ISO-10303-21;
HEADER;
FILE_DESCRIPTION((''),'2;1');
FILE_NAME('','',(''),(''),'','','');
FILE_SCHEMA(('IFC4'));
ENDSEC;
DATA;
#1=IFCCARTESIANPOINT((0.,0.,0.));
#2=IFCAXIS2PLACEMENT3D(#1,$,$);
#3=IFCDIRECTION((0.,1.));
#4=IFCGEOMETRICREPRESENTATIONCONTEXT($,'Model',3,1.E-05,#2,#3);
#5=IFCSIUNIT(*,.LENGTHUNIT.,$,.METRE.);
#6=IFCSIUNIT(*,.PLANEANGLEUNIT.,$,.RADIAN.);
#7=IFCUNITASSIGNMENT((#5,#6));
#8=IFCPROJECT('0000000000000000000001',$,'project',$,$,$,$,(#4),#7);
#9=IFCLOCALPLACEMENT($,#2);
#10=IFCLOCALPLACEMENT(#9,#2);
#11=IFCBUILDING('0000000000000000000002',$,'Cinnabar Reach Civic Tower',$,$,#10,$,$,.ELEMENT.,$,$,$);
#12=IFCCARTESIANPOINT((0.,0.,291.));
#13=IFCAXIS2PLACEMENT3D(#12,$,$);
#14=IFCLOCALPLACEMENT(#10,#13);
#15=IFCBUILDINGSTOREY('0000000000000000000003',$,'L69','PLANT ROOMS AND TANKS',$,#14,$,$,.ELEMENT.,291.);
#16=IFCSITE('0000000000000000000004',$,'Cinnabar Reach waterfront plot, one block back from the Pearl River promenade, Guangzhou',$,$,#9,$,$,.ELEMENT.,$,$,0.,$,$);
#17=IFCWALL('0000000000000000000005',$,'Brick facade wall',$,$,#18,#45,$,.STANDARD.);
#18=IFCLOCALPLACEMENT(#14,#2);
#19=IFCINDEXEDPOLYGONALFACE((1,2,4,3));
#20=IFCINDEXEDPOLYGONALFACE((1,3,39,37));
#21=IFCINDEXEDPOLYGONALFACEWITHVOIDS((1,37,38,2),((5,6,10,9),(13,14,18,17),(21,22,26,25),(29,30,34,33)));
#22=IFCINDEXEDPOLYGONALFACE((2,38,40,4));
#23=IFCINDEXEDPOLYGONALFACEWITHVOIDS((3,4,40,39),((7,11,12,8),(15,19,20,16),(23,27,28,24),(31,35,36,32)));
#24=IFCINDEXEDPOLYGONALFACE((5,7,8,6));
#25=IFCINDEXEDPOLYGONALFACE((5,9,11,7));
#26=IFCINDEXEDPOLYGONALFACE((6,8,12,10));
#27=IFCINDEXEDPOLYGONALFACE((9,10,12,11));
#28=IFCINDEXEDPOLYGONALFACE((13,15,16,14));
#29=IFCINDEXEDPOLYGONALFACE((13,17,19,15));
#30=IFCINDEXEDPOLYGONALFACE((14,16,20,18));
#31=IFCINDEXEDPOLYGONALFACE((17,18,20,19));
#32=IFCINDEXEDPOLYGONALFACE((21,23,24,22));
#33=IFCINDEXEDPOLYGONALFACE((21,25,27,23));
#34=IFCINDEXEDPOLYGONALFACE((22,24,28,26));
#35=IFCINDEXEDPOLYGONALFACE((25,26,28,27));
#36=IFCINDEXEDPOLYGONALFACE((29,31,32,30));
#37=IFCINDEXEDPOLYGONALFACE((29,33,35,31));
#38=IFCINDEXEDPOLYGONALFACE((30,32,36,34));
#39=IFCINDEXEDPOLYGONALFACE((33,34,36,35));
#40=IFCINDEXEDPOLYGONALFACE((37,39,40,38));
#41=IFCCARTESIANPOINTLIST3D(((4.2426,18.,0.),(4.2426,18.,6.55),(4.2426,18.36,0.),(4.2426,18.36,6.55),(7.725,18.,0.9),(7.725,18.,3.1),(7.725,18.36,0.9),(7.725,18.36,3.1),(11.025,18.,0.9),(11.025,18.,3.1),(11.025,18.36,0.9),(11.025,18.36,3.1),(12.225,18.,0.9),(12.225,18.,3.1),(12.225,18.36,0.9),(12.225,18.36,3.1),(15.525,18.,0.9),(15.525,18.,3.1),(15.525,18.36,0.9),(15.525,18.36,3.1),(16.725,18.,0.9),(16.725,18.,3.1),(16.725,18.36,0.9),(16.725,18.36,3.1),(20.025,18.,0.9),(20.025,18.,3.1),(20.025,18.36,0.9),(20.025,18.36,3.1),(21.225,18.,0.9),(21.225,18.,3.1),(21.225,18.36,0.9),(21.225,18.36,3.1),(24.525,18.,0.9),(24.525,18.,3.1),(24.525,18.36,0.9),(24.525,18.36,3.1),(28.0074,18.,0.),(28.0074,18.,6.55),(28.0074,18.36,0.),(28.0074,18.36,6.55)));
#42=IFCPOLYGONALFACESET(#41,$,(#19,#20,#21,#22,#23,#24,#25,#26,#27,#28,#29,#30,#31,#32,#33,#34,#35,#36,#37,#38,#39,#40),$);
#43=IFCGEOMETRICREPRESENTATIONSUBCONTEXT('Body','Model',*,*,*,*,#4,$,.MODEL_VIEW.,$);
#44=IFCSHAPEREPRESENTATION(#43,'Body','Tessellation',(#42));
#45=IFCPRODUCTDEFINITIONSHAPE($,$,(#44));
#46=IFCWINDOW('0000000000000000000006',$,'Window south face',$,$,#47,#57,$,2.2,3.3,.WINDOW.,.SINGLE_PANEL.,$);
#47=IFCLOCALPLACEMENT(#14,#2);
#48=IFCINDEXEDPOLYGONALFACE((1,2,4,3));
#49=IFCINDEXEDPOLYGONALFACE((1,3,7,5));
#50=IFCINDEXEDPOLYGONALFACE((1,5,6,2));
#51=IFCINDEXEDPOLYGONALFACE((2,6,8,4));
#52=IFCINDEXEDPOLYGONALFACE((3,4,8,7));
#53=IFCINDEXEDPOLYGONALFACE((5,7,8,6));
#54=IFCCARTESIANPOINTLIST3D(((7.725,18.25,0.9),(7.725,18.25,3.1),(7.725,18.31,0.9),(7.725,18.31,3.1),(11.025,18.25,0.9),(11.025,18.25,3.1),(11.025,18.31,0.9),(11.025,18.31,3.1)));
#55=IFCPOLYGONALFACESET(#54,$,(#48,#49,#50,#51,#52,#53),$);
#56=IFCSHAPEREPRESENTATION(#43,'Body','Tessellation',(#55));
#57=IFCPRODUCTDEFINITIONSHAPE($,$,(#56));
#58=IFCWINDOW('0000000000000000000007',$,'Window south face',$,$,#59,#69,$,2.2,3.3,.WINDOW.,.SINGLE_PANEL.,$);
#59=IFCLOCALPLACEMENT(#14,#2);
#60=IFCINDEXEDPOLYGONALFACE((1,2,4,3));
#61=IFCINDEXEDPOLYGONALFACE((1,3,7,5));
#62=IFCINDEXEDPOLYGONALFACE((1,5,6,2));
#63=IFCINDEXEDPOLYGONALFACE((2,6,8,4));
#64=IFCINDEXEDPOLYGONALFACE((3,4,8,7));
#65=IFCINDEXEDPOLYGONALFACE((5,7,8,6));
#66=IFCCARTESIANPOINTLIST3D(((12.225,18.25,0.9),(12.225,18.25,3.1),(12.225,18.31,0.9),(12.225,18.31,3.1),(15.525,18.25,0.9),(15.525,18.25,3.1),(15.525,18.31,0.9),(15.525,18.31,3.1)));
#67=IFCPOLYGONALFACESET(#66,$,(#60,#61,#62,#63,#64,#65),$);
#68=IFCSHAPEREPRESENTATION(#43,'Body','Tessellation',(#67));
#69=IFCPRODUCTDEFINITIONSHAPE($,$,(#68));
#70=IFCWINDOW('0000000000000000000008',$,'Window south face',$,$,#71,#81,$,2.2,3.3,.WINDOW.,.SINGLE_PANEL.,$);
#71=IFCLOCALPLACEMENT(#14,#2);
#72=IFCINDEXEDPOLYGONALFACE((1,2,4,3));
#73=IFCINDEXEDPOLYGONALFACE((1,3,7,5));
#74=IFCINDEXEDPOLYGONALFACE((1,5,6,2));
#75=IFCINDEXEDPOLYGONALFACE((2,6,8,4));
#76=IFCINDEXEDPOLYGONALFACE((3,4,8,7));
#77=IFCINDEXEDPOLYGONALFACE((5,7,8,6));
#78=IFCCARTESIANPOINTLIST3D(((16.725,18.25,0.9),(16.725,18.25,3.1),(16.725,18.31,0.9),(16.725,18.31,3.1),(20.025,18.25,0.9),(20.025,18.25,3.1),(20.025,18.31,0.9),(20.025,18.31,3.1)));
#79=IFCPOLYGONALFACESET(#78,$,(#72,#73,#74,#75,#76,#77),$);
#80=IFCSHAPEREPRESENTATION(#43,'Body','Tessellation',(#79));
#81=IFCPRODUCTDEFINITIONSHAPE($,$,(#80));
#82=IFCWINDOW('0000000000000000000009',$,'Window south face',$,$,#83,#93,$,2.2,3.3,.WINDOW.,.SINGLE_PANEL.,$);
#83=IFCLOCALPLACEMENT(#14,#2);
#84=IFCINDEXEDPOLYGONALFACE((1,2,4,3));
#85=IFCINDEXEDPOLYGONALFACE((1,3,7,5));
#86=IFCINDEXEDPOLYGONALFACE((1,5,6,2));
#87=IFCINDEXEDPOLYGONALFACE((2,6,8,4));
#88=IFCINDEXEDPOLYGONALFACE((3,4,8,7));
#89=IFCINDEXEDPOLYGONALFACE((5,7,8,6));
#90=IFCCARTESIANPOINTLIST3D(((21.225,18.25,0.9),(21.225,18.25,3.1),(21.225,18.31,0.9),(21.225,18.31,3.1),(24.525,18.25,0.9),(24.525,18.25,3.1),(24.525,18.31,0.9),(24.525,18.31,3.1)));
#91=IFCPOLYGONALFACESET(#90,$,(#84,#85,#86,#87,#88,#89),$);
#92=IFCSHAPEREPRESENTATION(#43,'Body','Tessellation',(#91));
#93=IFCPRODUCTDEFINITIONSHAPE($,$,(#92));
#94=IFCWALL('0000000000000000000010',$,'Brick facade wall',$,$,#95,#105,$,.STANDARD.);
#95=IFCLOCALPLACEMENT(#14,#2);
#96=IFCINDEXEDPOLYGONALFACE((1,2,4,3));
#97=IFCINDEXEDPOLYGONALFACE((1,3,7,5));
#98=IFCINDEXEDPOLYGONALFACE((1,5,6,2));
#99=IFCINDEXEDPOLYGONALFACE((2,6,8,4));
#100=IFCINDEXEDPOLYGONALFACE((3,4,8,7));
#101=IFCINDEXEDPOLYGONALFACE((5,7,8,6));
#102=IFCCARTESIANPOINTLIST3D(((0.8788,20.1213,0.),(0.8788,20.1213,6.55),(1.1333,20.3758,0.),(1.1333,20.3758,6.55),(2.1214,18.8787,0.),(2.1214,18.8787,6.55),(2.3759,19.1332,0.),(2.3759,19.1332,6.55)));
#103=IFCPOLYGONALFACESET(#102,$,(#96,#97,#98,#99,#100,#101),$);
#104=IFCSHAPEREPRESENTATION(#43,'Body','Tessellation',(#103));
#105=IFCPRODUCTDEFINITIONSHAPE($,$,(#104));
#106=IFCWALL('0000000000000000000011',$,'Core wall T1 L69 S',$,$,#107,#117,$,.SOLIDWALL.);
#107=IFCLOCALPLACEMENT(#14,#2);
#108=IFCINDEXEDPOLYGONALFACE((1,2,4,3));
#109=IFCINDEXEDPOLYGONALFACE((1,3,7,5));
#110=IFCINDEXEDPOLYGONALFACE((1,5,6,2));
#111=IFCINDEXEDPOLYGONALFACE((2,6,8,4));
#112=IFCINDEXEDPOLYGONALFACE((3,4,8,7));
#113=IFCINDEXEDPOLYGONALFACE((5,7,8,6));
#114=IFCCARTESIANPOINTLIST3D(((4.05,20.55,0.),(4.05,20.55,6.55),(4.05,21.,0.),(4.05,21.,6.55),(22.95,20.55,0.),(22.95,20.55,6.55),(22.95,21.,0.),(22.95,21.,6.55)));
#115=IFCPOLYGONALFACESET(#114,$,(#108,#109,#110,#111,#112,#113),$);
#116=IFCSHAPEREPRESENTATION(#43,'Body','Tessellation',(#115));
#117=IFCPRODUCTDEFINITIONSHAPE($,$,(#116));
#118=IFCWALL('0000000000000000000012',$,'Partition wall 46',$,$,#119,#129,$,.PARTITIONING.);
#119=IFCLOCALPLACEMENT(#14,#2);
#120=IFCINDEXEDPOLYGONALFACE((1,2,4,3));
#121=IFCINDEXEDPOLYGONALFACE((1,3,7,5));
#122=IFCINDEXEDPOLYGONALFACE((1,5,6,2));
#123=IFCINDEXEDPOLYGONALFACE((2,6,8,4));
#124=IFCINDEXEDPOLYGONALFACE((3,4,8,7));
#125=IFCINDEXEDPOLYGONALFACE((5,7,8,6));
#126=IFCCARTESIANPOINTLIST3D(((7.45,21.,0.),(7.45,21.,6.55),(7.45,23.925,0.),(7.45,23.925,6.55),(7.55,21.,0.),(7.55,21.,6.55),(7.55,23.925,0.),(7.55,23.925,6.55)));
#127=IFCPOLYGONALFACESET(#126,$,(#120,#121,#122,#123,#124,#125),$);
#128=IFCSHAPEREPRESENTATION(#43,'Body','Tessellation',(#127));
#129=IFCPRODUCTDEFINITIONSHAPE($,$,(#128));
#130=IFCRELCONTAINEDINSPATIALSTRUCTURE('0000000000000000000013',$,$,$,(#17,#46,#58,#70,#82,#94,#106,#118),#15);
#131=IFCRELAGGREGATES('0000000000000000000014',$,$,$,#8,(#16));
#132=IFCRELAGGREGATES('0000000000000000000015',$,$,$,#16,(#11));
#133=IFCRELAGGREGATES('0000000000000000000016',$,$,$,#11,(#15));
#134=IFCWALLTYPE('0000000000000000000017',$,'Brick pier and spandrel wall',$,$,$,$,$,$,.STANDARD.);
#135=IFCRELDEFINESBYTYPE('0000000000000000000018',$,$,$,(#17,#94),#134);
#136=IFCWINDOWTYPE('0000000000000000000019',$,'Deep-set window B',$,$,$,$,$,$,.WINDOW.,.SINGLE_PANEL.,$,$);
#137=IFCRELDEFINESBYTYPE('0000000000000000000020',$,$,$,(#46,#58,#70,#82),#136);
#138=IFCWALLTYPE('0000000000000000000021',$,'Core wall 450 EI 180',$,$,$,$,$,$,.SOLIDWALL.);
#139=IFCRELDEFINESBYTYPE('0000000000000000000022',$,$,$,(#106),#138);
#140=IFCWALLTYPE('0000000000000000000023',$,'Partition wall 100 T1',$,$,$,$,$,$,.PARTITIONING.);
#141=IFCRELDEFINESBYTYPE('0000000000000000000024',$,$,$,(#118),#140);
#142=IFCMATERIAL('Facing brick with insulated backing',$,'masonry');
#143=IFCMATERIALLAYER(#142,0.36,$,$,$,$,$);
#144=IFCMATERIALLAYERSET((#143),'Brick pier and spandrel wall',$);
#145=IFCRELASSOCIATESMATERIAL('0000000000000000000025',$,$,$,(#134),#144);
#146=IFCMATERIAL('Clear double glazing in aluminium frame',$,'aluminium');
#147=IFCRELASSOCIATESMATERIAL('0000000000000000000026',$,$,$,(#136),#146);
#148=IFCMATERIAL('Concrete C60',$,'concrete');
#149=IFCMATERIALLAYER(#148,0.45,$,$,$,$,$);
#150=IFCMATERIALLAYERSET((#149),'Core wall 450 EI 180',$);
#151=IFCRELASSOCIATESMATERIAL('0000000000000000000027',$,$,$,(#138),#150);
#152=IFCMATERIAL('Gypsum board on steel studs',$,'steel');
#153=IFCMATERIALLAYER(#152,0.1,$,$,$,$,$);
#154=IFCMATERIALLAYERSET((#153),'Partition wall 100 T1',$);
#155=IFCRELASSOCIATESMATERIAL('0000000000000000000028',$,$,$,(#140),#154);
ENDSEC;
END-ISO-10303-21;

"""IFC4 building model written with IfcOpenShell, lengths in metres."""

from ifc_helpers import new_model, si_unit, direction, frame, frame_2d, origin, place, context, subcontext, project, spatial, rectangle, extrude, material, layer, layer_set, type_object, element, fill, save


model = new_model("IFC4")

# Units and contexts
model_context = context("Model", 3, precision=1e-05, world=origin(), true_north=direction((0.0, 1.0)))
body_context = subcontext(model_context, "Body", "Model", "MODEL_VIEW")
ifc_project = project(units=[si_unit("LENGTHUNIT", "METRE"), si_unit("PLANEANGLEUNIT", "RADIAN")], contexts=[model_context])

# Site, building, storey
site_placement = place(None, origin())
site = spatial("IfcSite", under=ifc_project, at=site_placement, Name="Cinnabar Reach waterfront plot, one block back from the Pearl River promenade, Guangzhou", CompositionType="ELEMENT", RefElevation=0.0)
building_placement = place(site_placement, origin())
building = spatial("IfcBuilding", under=site, at=building_placement, Name="Cinnabar Reach Civic Tower", CompositionType="ELEMENT")
storey_placement = place(building_placement, frame((0.0, 0.0, 291.0)))
storey = spatial("IfcBuildingStorey", under=building, at=storey_placement, Name="L69", Description="PLANT ROOMS AND TANKS", CompositionType="ELEMENT", Elevation=291.0)

# Shared definitions
ifc_material_1 = material(Name="Concrete C60", Category="concrete")

# Shared definitions
ifc_material_2 = material(Name="Facing brick with insulated backing", Category="masonry")

# Wall, openings, windows
ifc_layer_1 = layer(ifc_material_2, 0.36)
ifc_layer_set_1 = layer_set([ifc_layer_1], Name="Brick pier and spandrel wall")
wall_type_1 = type_object("IfcWallType", Name="Brick pier and spandrel wall", PredefinedType="STANDARD", material=ifc_layer_set_1)
wall_1_placement = place(storey_placement, frame((4.2426, 18.18, 0.0), z_axis=(0.0, 0.0, 1.0), x_axis=(1.0, 0.0, 0.0)))
wall_1 = element("IfcWall", 1, at=wall_1_placement, inside=storey, type_object=wall_type_1, Name="Brick facade wall", PredefinedType="STANDARD", context=body_context, shape_type="SweptSolid", body=[
    extrude(rectangle(XDim=23.7648, YDim=0.36, at=frame_2d((11.8824, 0.0))), origin(), (0.0, 0.0, 1.0), 6.55),
])
opening_1_placement = place(wall_1_placement, frame((3.4824, 0.0, 0.9)))
opening_1 = element("IfcOpeningElement", 2, at=opening_1_placement, cuts=wall_1, PredefinedType="OPENING", context=body_context, shape_type="SweptSolid", body=[
    extrude(rectangle(XDim=3.3, YDim=2.2, at=frame_2d((1.65, 1.1))), frame((0.0, 0.19, 0.0), z_axis=(0.0, -1.0, 0.0), x_axis=(1.0, 0.0, 0.0)), (0.0, 0.0, 1.0), 0.38),
])
opening_2_placement = place(wall_1_placement, frame((7.9824, 0.0, 0.9)))
opening_2 = element("IfcOpeningElement", 3, at=opening_2_placement, cuts=wall_1, PredefinedType="OPENING", context=body_context, shape_type="SweptSolid", body=[
    extrude(rectangle(XDim=3.3, YDim=2.2, at=frame_2d((1.65, 1.1))), frame((0.0, 0.19, 0.0), z_axis=(0.0, -1.0, 0.0), x_axis=(1.0, 0.0, 0.0)), (0.0, 0.0, 1.0), 0.38),
])
opening_3_placement = place(wall_1_placement, frame((12.4824, 0.0, 0.9)))
opening_3 = element("IfcOpeningElement", 4, at=opening_3_placement, cuts=wall_1, PredefinedType="OPENING", context=body_context, shape_type="SweptSolid", body=[
    extrude(rectangle(XDim=3.3, YDim=2.2, at=frame_2d((1.65, 1.1))), frame((0.0, 0.19, 0.0), z_axis=(0.0, -1.0, 0.0), x_axis=(1.0, 0.0, 0.0)), (0.0, 0.0, 1.0), 0.38),
])
opening_4_placement = place(wall_1_placement, frame((16.9824, 0.0, 0.9)))
opening_4 = element("IfcOpeningElement", 5, at=opening_4_placement, cuts=wall_1, PredefinedType="OPENING", context=body_context, shape_type="SweptSolid", body=[
    extrude(rectangle(XDim=3.3, YDim=2.2, at=frame_2d((1.65, 1.1))), frame((0.0, 0.19, 0.0), z_axis=(0.0, -1.0, 0.0), x_axis=(1.0, 0.0, 0.0)), (0.0, 0.0, 1.0), 0.38),
])
ifc_material_3 = material(Name="Clear double glazing in aluminium frame", Category="aluminium")
window_type = type_object("IfcWindowType", Name="Deep-set window B", PartitioningType="SINGLE_PANEL", PredefinedType="WINDOW", material=ifc_material_3)
window_1_placement = place(opening_1_placement, origin())
window_1 = element("IfcWindow", 6, at=window_1_placement, inside=storey, type_object=window_type, Name="Window south face", OverallHeight=2.2, OverallWidth=3.3, PartitioningType="SINGLE_PANEL", PredefinedType="WINDOW", context=body_context, shape_type="SweptSolid", body=[
    extrude(rectangle(XDim=3.3, YDim=2.2, at=frame_2d((1.65, 1.1))), frame((0.0, 0.13, 0.0), z_axis=(0.0, -1.0, 0.0), x_axis=(1.0, 0.0, 0.0)), (0.0, 0.0, 1.0), 0.06),
])
fill(opening_1, window_1)
window_2_placement = place(opening_2_placement, origin())
window_2 = element("IfcWindow", 7, at=window_2_placement, inside=storey, type_object=window_type, Name="Window south face", OverallHeight=2.2, OverallWidth=3.3, PartitioningType="SINGLE_PANEL", PredefinedType="WINDOW", context=body_context, shape_type="SweptSolid", body=[
    extrude(rectangle(XDim=3.3, YDim=2.2, at=frame_2d((1.65, 1.1))), frame((0.0, 0.13, 0.0), z_axis=(0.0, -1.0, 0.0), x_axis=(1.0, 0.0, 0.0)), (0.0, 0.0, 1.0), 0.06),
])
fill(opening_2, window_2)
window_3_placement = place(opening_3_placement, origin())
window_3 = element("IfcWindow", 8, at=window_3_placement, inside=storey, type_object=window_type, Name="Window south face", OverallHeight=2.2, OverallWidth=3.3, PartitioningType="SINGLE_PANEL", PredefinedType="WINDOW", context=body_context, shape_type="SweptSolid", body=[
    extrude(rectangle(XDim=3.3, YDim=2.2, at=frame_2d((1.65, 1.1))), frame((0.0, 0.13, 0.0), z_axis=(0.0, -1.0, 0.0), x_axis=(1.0, 0.0, 0.0)), (0.0, 0.0, 1.0), 0.06),
])
fill(opening_3, window_3)
window_4_placement = place(opening_4_placement, origin())
window_4 = element("IfcWindow", 9, at=window_4_placement, inside=storey, type_object=window_type, Name="Window south face", OverallHeight=2.2, OverallWidth=3.3, PartitioningType="SINGLE_PANEL", PredefinedType="WINDOW", context=body_context, shape_type="SweptSolid", body=[
    extrude(rectangle(XDim=3.3, YDim=2.2, at=frame_2d((1.65, 1.1))), frame((0.0, 0.13, 0.0), z_axis=(0.0, -1.0, 0.0), x_axis=(1.0, 0.0, 0.0)), (0.0, 0.0, 1.0), 0.06),
])
fill(opening_4, window_4)

# Walls
wall_2_placement = place(storey_placement, frame((1.006, 20.2486, 0.0), z_axis=(0.0, 0.0, 1.0), x_axis=(0.707107, -0.707107, 0.0)))
element("IfcWall", 10, at=wall_2_placement, inside=storey, type_object=wall_type_1, Name="Brick facade wall", PredefinedType="STANDARD", context=body_context, shape_type="SweptSolid", body=[
    extrude(rectangle(XDim=1.7573, YDim=0.36, at=frame_2d((0.8787, 0.0))), origin(), (0.0, 0.0, 1.0), 6.55),
])
ifc_layer_2 = layer(ifc_material_1, 0.45)
ifc_layer_set_2 = layer_set([ifc_layer_2], Name="Core wall 450 EI 180")
wall_type_2 = type_object("IfcWallType", Name="Core wall 450 EI 180", PredefinedType="SOLIDWALL", material=ifc_layer_set_2)
wall_3_placement = place(storey_placement, frame((4.05, 20.775, 0.0), z_axis=(0.0, 0.0, 1.0), x_axis=(1.0, 0.0, 0.0)))
element("IfcWall", 11, at=wall_3_placement, inside=storey, type_object=wall_type_2, Name="Core wall T1 L69 S", PredefinedType="SOLIDWALL", context=body_context, shape_type="SweptSolid", body=[
    extrude(rectangle(XDim=18.9, YDim=0.45, at=frame_2d((9.45, 0.0))), origin(), (0.0, 0.0, 1.0), 6.55),
])
ifc_material_4 = material(Name="Gypsum board on steel studs", Category="steel")
ifc_layer_3 = layer(ifc_material_4, 0.1)
ifc_layer_set_3 = layer_set([ifc_layer_3], Name="Partition wall 100 T1")
wall_type_3 = type_object("IfcWallType", Name="Partition wall 100 T1", PredefinedType="PARTITIONING", material=ifc_layer_set_3)
wall_4_placement = place(storey_placement, frame((7.5, 21.0, 0.0), z_axis=(0.0, 0.0, 1.0), x_axis=(0.0, 1.0, 0.0)))
element("IfcWall", 12, at=wall_4_placement, inside=storey, type_object=wall_type_3, Name="Partition wall 46", PredefinedType="PARTITIONING", context=body_context, shape_type="SweptSolid", body=[
    extrude(rectangle(XDim=2.925, YDim=0.1, at=frame_2d((1.4625, 0.0))), origin(), (0.0, 0.0, 1.0), 6.55),
])

save(model, "model.ifc")
